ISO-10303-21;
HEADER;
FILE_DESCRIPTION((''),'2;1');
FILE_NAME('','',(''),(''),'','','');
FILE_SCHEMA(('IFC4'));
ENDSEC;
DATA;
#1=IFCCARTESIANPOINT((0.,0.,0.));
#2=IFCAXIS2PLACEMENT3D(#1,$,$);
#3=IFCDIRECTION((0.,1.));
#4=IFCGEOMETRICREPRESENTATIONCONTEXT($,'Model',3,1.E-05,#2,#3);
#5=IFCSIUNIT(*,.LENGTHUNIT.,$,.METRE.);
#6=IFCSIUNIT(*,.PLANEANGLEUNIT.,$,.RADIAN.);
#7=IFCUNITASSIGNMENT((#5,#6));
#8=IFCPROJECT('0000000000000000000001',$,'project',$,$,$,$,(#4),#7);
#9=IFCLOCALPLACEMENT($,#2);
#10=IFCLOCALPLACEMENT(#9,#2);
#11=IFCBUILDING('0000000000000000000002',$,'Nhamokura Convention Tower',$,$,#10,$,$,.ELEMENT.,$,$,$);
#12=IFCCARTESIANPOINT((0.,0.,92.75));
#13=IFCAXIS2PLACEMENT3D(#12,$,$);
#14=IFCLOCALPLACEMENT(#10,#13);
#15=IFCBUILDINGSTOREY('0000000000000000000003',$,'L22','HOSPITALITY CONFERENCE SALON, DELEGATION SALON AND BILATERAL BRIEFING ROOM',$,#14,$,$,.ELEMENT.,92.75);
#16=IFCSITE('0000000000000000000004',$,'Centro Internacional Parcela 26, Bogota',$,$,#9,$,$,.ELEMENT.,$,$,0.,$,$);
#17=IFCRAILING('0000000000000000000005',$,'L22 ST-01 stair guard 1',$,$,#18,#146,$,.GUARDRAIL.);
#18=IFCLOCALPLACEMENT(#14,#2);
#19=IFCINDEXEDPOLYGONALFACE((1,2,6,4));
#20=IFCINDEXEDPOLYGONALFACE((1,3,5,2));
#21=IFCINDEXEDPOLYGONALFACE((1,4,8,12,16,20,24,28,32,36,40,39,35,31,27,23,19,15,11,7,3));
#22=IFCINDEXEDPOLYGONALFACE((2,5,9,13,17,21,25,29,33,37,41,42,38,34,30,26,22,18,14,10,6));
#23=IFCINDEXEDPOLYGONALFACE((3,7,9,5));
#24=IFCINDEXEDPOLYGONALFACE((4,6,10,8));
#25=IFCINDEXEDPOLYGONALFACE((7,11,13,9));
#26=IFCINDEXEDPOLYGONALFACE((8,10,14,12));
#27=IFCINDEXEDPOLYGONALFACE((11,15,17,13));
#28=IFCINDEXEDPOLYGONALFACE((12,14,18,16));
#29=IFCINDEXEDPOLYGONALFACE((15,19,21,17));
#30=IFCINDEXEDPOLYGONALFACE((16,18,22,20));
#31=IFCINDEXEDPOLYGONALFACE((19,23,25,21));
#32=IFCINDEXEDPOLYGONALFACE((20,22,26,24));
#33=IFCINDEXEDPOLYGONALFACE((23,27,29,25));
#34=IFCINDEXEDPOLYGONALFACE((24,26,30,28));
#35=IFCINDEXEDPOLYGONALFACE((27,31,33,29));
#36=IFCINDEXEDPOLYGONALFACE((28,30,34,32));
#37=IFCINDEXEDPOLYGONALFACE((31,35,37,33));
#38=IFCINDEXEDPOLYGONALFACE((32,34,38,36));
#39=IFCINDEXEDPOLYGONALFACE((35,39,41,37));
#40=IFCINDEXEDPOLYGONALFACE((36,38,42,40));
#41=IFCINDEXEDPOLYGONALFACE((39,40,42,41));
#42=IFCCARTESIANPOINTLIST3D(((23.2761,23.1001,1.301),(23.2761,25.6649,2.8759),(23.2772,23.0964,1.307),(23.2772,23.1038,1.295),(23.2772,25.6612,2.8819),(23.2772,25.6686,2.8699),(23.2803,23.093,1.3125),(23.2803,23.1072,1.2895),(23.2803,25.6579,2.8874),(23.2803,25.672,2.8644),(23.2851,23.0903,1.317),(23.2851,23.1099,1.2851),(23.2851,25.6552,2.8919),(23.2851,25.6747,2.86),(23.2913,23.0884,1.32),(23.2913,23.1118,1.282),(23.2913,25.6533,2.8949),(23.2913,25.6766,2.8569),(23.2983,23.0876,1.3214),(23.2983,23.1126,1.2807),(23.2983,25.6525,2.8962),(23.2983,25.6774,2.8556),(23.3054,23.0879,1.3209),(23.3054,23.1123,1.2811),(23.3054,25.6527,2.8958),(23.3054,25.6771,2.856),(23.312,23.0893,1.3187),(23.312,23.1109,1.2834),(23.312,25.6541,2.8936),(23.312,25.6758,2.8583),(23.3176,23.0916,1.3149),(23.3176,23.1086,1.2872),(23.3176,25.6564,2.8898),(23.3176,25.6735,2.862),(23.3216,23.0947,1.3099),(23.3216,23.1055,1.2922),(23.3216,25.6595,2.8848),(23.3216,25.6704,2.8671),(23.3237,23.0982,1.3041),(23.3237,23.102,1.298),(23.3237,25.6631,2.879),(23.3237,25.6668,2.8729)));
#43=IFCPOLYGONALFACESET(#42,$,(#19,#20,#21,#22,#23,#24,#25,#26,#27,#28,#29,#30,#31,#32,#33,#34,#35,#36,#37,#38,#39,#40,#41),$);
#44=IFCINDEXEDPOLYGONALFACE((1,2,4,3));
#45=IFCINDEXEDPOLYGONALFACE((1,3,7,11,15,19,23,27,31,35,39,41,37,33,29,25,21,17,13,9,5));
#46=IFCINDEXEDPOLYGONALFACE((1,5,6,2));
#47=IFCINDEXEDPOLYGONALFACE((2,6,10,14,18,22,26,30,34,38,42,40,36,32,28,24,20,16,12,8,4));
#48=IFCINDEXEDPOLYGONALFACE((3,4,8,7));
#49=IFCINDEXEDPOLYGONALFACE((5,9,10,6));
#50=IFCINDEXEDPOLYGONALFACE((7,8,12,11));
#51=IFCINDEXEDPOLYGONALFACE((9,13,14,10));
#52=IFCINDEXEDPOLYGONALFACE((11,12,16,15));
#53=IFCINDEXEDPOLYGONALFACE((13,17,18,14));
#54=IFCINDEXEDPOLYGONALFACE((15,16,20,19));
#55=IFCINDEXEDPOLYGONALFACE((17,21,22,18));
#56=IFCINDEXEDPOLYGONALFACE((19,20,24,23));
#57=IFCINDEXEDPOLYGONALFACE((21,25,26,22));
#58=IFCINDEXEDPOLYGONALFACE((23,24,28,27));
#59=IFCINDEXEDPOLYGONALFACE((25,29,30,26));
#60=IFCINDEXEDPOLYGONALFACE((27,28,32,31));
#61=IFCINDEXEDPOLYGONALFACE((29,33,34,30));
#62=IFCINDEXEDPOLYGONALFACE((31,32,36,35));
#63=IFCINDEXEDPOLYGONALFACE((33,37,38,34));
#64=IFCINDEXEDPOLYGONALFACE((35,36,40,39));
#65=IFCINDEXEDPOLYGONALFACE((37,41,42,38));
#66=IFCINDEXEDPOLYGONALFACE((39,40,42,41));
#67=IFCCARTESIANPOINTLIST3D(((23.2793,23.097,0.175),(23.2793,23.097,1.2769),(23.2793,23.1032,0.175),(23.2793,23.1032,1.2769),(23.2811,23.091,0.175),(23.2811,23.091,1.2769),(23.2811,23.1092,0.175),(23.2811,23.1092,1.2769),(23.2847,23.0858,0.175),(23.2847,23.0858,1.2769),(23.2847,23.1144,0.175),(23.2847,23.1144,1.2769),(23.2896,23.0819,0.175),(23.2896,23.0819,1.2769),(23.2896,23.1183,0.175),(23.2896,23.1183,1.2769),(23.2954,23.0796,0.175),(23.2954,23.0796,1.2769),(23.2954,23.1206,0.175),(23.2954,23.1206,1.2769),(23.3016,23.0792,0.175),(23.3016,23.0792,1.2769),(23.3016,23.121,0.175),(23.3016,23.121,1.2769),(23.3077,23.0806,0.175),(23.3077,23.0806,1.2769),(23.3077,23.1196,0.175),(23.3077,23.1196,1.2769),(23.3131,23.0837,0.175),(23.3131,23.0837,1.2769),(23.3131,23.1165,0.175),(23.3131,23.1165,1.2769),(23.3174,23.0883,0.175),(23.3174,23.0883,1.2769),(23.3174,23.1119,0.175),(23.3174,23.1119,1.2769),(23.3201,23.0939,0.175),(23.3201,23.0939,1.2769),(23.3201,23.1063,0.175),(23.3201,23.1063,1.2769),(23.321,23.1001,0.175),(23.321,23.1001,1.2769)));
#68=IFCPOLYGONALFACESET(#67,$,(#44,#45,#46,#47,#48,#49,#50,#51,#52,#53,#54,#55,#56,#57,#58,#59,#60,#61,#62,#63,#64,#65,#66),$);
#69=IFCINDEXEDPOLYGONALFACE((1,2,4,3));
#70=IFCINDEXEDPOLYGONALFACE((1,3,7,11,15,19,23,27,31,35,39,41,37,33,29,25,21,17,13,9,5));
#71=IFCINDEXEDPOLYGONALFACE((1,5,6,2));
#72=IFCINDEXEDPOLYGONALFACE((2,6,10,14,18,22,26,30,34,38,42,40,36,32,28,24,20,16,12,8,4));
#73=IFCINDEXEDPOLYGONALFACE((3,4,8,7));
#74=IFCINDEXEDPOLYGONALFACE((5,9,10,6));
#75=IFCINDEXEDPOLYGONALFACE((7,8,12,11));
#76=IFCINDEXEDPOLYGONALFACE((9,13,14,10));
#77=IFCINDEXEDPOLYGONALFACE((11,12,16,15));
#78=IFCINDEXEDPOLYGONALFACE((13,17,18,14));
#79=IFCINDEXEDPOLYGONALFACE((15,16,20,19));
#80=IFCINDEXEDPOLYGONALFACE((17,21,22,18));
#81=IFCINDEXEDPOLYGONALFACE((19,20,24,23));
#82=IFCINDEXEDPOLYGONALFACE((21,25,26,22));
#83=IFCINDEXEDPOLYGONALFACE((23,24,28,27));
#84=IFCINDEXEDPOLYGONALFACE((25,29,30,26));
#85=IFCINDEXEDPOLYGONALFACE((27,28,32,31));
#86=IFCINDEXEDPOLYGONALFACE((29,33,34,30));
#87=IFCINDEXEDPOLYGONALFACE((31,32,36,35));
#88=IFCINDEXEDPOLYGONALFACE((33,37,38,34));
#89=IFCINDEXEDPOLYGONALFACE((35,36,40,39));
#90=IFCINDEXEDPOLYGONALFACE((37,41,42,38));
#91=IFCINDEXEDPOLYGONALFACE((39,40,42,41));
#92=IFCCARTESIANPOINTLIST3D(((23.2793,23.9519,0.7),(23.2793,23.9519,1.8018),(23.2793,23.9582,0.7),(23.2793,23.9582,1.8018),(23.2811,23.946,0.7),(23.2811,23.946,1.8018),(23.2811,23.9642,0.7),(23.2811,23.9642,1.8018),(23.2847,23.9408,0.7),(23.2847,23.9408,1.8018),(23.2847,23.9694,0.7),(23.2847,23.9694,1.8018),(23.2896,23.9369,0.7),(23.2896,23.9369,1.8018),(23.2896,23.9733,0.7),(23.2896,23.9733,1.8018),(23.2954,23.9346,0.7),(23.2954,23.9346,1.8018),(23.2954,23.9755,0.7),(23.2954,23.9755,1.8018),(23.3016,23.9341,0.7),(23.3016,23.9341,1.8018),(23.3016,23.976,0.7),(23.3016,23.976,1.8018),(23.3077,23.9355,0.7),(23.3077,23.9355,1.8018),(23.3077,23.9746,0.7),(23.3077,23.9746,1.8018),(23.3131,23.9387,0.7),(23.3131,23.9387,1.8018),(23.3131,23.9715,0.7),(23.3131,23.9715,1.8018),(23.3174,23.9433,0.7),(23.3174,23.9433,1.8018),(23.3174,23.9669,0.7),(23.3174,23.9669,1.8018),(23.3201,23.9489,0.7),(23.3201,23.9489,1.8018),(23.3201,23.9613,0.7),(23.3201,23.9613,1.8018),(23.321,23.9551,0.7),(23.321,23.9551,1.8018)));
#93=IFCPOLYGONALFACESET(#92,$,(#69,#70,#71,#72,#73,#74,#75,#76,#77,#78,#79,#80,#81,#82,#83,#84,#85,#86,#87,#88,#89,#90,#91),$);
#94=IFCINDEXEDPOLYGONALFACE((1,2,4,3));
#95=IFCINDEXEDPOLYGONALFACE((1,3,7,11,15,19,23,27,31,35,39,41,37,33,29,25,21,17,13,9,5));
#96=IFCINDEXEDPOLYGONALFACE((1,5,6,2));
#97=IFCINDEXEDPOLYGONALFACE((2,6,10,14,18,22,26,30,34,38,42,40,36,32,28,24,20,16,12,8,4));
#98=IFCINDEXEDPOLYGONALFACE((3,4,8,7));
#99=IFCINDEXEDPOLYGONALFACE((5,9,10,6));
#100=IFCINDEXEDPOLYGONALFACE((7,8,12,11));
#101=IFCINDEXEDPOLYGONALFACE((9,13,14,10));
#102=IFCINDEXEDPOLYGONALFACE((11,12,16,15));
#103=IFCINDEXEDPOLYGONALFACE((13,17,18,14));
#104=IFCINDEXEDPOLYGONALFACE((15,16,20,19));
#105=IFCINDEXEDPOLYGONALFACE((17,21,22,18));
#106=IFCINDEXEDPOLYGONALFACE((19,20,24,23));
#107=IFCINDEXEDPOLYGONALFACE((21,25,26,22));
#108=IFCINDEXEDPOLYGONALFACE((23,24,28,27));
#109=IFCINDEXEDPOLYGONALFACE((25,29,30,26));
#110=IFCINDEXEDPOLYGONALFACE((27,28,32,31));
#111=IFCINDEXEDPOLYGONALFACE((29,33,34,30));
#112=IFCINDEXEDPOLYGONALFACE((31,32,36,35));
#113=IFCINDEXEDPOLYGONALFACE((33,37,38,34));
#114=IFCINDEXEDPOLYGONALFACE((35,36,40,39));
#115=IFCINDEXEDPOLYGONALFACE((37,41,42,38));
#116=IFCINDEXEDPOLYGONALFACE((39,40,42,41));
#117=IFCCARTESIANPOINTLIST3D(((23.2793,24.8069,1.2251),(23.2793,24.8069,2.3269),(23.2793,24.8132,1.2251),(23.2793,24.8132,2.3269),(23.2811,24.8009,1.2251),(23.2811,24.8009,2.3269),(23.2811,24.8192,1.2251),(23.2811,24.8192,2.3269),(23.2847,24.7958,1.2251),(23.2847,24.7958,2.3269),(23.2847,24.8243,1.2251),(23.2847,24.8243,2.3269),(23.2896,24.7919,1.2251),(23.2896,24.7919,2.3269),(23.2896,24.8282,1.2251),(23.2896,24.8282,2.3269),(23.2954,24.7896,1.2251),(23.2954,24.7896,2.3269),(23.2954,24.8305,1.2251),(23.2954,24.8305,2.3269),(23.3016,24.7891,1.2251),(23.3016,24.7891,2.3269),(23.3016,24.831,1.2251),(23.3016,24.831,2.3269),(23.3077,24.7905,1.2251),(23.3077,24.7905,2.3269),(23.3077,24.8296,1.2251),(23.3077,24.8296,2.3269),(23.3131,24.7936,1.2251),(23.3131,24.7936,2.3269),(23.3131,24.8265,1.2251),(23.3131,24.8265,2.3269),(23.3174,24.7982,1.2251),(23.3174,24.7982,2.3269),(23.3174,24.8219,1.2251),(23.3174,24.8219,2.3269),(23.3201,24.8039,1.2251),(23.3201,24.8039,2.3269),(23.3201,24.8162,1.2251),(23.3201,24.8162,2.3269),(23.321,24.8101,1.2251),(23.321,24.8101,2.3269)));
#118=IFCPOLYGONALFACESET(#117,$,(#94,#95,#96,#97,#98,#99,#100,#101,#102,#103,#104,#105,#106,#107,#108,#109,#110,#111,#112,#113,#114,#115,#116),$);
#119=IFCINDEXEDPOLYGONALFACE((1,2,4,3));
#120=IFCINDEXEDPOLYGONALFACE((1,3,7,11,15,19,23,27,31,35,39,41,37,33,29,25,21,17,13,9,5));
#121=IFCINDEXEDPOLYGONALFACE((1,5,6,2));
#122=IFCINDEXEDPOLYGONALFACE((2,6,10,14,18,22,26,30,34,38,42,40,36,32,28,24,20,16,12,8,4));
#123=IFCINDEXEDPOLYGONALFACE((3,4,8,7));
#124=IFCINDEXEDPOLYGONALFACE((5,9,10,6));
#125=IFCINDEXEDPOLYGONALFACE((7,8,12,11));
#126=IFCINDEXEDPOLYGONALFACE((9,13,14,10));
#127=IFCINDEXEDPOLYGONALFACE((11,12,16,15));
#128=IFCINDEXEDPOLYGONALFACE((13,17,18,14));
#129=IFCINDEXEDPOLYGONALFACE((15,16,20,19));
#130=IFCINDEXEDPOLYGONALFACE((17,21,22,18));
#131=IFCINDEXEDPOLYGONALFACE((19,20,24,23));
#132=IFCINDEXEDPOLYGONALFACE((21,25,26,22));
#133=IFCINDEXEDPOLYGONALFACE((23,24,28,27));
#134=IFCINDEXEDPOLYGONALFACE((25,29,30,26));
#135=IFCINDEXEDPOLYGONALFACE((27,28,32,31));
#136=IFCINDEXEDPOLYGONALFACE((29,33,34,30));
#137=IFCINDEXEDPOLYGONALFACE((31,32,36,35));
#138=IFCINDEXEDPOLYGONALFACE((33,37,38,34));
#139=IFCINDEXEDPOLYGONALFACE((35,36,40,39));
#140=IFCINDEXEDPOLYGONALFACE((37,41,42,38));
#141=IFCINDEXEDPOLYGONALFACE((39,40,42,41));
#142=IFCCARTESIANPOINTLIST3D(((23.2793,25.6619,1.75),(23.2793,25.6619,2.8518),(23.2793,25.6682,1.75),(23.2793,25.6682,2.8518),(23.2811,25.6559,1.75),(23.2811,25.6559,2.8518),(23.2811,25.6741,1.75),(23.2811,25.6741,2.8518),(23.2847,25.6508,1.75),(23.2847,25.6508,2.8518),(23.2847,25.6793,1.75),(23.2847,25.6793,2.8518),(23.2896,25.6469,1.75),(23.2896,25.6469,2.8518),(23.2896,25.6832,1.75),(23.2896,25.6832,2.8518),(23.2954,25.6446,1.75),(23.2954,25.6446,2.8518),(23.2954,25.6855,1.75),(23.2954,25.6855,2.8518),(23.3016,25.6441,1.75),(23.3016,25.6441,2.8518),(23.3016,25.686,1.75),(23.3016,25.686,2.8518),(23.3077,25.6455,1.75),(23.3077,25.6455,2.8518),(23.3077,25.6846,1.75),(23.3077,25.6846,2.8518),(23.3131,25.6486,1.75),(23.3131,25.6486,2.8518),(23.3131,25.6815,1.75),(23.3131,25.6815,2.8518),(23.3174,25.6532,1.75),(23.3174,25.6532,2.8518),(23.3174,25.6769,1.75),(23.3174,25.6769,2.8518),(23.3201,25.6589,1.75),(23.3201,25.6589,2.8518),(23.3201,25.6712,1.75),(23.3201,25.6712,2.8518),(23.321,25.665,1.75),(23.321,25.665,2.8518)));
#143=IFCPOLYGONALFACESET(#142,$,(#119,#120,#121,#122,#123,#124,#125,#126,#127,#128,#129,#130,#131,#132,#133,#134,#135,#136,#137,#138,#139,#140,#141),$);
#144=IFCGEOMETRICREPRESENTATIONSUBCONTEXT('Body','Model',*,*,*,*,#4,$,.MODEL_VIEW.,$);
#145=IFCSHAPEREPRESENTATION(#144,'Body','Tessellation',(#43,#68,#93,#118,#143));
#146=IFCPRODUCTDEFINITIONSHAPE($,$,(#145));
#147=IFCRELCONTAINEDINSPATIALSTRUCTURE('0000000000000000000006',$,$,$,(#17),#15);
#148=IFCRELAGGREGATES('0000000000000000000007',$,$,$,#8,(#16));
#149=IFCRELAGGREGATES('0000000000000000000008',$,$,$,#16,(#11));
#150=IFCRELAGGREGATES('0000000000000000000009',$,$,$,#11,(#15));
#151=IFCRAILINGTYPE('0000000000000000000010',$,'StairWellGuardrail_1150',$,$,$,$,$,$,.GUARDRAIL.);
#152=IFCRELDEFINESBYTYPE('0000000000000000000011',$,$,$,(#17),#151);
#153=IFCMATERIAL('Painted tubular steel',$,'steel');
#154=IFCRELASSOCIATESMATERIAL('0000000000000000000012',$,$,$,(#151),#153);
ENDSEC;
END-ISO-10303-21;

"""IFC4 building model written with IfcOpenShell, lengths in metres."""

from ifc_helpers import new_model, si_unit, direction, frame, origin, origin_2d, place, context, subcontext, project, spatial, circle, extrude, material, type_object, element, save


model = new_model("IFC4")

# Units and contexts
model_context = context("Model", 3, precision=1e-05, world=origin(), true_north=direction((0.0, 1.0)))
body_context = subcontext(model_context, "Body", "Model", "MODEL_VIEW")
ifc_project = project(units=[si_unit("LENGTHUNIT", "METRE"), si_unit("PLANEANGLEUNIT", "RADIAN")], contexts=[model_context])

# Site, building, storey
site_placement = place(None, origin())
site = spatial("IfcSite", under=ifc_project, at=site_placement, Name="Centro Internacional Parcela 26, Bogota", CompositionType="ELEMENT", RefElevation=0.0)
building_placement = place(site_placement, origin())
building = spatial("IfcBuilding", under=site, at=building_placement, Name="Nhamokura Convention Tower", CompositionType="ELEMENT")
storey_placement = place(building_placement, frame((0.0, 0.0, 92.75)))
storey = spatial("IfcBuildingStorey", under=building, at=storey_placement, Name="L22", Description="HOSPITALITY CONFERENCE SALON, DELEGATION SALON AND BILATERAL BRIEFING ROOM", CompositionType="ELEMENT", Elevation=92.75)

# Railing
ifc_material_1 = material(Name="Painted tubular steel", Category="steel")
railing_type_1 = type_object("IfcRailingType", Name="StairWellGuardrail_1150", PredefinedType="GUARDRAIL", material=ifc_material_1)
railing_1_placement = place(storey_placement, frame((23.3, 23.1001, 0.175)))
element("IfcRailing", 1, at=railing_1_placement, inside=storey, type_object=railing_type_1, Name="L22 ST-01 stair guard 1", PredefinedType="GUARDRAIL", context=body_context, shape_type="SweptSolid", body=[
    extrude(circle(Radius=0.0239, at=origin_2d()), frame((0.0, 0.0, 1.126), z_axis=(0.0, 0.852173, 0.52326), x_axis=(-1.0, 0.0, 0.0)), (0.0, 0.0, 1.0), 3.0098),
    extrude(circle(Radius=0.021, at=origin_2d()), origin(), (0.0, 0.0, 1.0), 1.1018),
    extrude(circle(Radius=0.021, at=origin_2d()), frame((0.0, 0.855, 0.5249)), (0.0, 0.0, 1.0), 1.1018),
    extrude(circle(Radius=0.021, at=origin_2d()), frame((0.0, 1.71, 1.05)), (0.0, 0.0, 1.0), 1.1018),
    extrude(circle(Radius=0.021, at=origin_2d()), frame((0.0, 2.5649, 1.575)), (0.0, 0.0, 1.0), 1.1018),
])

save(model, "model.ifc")
